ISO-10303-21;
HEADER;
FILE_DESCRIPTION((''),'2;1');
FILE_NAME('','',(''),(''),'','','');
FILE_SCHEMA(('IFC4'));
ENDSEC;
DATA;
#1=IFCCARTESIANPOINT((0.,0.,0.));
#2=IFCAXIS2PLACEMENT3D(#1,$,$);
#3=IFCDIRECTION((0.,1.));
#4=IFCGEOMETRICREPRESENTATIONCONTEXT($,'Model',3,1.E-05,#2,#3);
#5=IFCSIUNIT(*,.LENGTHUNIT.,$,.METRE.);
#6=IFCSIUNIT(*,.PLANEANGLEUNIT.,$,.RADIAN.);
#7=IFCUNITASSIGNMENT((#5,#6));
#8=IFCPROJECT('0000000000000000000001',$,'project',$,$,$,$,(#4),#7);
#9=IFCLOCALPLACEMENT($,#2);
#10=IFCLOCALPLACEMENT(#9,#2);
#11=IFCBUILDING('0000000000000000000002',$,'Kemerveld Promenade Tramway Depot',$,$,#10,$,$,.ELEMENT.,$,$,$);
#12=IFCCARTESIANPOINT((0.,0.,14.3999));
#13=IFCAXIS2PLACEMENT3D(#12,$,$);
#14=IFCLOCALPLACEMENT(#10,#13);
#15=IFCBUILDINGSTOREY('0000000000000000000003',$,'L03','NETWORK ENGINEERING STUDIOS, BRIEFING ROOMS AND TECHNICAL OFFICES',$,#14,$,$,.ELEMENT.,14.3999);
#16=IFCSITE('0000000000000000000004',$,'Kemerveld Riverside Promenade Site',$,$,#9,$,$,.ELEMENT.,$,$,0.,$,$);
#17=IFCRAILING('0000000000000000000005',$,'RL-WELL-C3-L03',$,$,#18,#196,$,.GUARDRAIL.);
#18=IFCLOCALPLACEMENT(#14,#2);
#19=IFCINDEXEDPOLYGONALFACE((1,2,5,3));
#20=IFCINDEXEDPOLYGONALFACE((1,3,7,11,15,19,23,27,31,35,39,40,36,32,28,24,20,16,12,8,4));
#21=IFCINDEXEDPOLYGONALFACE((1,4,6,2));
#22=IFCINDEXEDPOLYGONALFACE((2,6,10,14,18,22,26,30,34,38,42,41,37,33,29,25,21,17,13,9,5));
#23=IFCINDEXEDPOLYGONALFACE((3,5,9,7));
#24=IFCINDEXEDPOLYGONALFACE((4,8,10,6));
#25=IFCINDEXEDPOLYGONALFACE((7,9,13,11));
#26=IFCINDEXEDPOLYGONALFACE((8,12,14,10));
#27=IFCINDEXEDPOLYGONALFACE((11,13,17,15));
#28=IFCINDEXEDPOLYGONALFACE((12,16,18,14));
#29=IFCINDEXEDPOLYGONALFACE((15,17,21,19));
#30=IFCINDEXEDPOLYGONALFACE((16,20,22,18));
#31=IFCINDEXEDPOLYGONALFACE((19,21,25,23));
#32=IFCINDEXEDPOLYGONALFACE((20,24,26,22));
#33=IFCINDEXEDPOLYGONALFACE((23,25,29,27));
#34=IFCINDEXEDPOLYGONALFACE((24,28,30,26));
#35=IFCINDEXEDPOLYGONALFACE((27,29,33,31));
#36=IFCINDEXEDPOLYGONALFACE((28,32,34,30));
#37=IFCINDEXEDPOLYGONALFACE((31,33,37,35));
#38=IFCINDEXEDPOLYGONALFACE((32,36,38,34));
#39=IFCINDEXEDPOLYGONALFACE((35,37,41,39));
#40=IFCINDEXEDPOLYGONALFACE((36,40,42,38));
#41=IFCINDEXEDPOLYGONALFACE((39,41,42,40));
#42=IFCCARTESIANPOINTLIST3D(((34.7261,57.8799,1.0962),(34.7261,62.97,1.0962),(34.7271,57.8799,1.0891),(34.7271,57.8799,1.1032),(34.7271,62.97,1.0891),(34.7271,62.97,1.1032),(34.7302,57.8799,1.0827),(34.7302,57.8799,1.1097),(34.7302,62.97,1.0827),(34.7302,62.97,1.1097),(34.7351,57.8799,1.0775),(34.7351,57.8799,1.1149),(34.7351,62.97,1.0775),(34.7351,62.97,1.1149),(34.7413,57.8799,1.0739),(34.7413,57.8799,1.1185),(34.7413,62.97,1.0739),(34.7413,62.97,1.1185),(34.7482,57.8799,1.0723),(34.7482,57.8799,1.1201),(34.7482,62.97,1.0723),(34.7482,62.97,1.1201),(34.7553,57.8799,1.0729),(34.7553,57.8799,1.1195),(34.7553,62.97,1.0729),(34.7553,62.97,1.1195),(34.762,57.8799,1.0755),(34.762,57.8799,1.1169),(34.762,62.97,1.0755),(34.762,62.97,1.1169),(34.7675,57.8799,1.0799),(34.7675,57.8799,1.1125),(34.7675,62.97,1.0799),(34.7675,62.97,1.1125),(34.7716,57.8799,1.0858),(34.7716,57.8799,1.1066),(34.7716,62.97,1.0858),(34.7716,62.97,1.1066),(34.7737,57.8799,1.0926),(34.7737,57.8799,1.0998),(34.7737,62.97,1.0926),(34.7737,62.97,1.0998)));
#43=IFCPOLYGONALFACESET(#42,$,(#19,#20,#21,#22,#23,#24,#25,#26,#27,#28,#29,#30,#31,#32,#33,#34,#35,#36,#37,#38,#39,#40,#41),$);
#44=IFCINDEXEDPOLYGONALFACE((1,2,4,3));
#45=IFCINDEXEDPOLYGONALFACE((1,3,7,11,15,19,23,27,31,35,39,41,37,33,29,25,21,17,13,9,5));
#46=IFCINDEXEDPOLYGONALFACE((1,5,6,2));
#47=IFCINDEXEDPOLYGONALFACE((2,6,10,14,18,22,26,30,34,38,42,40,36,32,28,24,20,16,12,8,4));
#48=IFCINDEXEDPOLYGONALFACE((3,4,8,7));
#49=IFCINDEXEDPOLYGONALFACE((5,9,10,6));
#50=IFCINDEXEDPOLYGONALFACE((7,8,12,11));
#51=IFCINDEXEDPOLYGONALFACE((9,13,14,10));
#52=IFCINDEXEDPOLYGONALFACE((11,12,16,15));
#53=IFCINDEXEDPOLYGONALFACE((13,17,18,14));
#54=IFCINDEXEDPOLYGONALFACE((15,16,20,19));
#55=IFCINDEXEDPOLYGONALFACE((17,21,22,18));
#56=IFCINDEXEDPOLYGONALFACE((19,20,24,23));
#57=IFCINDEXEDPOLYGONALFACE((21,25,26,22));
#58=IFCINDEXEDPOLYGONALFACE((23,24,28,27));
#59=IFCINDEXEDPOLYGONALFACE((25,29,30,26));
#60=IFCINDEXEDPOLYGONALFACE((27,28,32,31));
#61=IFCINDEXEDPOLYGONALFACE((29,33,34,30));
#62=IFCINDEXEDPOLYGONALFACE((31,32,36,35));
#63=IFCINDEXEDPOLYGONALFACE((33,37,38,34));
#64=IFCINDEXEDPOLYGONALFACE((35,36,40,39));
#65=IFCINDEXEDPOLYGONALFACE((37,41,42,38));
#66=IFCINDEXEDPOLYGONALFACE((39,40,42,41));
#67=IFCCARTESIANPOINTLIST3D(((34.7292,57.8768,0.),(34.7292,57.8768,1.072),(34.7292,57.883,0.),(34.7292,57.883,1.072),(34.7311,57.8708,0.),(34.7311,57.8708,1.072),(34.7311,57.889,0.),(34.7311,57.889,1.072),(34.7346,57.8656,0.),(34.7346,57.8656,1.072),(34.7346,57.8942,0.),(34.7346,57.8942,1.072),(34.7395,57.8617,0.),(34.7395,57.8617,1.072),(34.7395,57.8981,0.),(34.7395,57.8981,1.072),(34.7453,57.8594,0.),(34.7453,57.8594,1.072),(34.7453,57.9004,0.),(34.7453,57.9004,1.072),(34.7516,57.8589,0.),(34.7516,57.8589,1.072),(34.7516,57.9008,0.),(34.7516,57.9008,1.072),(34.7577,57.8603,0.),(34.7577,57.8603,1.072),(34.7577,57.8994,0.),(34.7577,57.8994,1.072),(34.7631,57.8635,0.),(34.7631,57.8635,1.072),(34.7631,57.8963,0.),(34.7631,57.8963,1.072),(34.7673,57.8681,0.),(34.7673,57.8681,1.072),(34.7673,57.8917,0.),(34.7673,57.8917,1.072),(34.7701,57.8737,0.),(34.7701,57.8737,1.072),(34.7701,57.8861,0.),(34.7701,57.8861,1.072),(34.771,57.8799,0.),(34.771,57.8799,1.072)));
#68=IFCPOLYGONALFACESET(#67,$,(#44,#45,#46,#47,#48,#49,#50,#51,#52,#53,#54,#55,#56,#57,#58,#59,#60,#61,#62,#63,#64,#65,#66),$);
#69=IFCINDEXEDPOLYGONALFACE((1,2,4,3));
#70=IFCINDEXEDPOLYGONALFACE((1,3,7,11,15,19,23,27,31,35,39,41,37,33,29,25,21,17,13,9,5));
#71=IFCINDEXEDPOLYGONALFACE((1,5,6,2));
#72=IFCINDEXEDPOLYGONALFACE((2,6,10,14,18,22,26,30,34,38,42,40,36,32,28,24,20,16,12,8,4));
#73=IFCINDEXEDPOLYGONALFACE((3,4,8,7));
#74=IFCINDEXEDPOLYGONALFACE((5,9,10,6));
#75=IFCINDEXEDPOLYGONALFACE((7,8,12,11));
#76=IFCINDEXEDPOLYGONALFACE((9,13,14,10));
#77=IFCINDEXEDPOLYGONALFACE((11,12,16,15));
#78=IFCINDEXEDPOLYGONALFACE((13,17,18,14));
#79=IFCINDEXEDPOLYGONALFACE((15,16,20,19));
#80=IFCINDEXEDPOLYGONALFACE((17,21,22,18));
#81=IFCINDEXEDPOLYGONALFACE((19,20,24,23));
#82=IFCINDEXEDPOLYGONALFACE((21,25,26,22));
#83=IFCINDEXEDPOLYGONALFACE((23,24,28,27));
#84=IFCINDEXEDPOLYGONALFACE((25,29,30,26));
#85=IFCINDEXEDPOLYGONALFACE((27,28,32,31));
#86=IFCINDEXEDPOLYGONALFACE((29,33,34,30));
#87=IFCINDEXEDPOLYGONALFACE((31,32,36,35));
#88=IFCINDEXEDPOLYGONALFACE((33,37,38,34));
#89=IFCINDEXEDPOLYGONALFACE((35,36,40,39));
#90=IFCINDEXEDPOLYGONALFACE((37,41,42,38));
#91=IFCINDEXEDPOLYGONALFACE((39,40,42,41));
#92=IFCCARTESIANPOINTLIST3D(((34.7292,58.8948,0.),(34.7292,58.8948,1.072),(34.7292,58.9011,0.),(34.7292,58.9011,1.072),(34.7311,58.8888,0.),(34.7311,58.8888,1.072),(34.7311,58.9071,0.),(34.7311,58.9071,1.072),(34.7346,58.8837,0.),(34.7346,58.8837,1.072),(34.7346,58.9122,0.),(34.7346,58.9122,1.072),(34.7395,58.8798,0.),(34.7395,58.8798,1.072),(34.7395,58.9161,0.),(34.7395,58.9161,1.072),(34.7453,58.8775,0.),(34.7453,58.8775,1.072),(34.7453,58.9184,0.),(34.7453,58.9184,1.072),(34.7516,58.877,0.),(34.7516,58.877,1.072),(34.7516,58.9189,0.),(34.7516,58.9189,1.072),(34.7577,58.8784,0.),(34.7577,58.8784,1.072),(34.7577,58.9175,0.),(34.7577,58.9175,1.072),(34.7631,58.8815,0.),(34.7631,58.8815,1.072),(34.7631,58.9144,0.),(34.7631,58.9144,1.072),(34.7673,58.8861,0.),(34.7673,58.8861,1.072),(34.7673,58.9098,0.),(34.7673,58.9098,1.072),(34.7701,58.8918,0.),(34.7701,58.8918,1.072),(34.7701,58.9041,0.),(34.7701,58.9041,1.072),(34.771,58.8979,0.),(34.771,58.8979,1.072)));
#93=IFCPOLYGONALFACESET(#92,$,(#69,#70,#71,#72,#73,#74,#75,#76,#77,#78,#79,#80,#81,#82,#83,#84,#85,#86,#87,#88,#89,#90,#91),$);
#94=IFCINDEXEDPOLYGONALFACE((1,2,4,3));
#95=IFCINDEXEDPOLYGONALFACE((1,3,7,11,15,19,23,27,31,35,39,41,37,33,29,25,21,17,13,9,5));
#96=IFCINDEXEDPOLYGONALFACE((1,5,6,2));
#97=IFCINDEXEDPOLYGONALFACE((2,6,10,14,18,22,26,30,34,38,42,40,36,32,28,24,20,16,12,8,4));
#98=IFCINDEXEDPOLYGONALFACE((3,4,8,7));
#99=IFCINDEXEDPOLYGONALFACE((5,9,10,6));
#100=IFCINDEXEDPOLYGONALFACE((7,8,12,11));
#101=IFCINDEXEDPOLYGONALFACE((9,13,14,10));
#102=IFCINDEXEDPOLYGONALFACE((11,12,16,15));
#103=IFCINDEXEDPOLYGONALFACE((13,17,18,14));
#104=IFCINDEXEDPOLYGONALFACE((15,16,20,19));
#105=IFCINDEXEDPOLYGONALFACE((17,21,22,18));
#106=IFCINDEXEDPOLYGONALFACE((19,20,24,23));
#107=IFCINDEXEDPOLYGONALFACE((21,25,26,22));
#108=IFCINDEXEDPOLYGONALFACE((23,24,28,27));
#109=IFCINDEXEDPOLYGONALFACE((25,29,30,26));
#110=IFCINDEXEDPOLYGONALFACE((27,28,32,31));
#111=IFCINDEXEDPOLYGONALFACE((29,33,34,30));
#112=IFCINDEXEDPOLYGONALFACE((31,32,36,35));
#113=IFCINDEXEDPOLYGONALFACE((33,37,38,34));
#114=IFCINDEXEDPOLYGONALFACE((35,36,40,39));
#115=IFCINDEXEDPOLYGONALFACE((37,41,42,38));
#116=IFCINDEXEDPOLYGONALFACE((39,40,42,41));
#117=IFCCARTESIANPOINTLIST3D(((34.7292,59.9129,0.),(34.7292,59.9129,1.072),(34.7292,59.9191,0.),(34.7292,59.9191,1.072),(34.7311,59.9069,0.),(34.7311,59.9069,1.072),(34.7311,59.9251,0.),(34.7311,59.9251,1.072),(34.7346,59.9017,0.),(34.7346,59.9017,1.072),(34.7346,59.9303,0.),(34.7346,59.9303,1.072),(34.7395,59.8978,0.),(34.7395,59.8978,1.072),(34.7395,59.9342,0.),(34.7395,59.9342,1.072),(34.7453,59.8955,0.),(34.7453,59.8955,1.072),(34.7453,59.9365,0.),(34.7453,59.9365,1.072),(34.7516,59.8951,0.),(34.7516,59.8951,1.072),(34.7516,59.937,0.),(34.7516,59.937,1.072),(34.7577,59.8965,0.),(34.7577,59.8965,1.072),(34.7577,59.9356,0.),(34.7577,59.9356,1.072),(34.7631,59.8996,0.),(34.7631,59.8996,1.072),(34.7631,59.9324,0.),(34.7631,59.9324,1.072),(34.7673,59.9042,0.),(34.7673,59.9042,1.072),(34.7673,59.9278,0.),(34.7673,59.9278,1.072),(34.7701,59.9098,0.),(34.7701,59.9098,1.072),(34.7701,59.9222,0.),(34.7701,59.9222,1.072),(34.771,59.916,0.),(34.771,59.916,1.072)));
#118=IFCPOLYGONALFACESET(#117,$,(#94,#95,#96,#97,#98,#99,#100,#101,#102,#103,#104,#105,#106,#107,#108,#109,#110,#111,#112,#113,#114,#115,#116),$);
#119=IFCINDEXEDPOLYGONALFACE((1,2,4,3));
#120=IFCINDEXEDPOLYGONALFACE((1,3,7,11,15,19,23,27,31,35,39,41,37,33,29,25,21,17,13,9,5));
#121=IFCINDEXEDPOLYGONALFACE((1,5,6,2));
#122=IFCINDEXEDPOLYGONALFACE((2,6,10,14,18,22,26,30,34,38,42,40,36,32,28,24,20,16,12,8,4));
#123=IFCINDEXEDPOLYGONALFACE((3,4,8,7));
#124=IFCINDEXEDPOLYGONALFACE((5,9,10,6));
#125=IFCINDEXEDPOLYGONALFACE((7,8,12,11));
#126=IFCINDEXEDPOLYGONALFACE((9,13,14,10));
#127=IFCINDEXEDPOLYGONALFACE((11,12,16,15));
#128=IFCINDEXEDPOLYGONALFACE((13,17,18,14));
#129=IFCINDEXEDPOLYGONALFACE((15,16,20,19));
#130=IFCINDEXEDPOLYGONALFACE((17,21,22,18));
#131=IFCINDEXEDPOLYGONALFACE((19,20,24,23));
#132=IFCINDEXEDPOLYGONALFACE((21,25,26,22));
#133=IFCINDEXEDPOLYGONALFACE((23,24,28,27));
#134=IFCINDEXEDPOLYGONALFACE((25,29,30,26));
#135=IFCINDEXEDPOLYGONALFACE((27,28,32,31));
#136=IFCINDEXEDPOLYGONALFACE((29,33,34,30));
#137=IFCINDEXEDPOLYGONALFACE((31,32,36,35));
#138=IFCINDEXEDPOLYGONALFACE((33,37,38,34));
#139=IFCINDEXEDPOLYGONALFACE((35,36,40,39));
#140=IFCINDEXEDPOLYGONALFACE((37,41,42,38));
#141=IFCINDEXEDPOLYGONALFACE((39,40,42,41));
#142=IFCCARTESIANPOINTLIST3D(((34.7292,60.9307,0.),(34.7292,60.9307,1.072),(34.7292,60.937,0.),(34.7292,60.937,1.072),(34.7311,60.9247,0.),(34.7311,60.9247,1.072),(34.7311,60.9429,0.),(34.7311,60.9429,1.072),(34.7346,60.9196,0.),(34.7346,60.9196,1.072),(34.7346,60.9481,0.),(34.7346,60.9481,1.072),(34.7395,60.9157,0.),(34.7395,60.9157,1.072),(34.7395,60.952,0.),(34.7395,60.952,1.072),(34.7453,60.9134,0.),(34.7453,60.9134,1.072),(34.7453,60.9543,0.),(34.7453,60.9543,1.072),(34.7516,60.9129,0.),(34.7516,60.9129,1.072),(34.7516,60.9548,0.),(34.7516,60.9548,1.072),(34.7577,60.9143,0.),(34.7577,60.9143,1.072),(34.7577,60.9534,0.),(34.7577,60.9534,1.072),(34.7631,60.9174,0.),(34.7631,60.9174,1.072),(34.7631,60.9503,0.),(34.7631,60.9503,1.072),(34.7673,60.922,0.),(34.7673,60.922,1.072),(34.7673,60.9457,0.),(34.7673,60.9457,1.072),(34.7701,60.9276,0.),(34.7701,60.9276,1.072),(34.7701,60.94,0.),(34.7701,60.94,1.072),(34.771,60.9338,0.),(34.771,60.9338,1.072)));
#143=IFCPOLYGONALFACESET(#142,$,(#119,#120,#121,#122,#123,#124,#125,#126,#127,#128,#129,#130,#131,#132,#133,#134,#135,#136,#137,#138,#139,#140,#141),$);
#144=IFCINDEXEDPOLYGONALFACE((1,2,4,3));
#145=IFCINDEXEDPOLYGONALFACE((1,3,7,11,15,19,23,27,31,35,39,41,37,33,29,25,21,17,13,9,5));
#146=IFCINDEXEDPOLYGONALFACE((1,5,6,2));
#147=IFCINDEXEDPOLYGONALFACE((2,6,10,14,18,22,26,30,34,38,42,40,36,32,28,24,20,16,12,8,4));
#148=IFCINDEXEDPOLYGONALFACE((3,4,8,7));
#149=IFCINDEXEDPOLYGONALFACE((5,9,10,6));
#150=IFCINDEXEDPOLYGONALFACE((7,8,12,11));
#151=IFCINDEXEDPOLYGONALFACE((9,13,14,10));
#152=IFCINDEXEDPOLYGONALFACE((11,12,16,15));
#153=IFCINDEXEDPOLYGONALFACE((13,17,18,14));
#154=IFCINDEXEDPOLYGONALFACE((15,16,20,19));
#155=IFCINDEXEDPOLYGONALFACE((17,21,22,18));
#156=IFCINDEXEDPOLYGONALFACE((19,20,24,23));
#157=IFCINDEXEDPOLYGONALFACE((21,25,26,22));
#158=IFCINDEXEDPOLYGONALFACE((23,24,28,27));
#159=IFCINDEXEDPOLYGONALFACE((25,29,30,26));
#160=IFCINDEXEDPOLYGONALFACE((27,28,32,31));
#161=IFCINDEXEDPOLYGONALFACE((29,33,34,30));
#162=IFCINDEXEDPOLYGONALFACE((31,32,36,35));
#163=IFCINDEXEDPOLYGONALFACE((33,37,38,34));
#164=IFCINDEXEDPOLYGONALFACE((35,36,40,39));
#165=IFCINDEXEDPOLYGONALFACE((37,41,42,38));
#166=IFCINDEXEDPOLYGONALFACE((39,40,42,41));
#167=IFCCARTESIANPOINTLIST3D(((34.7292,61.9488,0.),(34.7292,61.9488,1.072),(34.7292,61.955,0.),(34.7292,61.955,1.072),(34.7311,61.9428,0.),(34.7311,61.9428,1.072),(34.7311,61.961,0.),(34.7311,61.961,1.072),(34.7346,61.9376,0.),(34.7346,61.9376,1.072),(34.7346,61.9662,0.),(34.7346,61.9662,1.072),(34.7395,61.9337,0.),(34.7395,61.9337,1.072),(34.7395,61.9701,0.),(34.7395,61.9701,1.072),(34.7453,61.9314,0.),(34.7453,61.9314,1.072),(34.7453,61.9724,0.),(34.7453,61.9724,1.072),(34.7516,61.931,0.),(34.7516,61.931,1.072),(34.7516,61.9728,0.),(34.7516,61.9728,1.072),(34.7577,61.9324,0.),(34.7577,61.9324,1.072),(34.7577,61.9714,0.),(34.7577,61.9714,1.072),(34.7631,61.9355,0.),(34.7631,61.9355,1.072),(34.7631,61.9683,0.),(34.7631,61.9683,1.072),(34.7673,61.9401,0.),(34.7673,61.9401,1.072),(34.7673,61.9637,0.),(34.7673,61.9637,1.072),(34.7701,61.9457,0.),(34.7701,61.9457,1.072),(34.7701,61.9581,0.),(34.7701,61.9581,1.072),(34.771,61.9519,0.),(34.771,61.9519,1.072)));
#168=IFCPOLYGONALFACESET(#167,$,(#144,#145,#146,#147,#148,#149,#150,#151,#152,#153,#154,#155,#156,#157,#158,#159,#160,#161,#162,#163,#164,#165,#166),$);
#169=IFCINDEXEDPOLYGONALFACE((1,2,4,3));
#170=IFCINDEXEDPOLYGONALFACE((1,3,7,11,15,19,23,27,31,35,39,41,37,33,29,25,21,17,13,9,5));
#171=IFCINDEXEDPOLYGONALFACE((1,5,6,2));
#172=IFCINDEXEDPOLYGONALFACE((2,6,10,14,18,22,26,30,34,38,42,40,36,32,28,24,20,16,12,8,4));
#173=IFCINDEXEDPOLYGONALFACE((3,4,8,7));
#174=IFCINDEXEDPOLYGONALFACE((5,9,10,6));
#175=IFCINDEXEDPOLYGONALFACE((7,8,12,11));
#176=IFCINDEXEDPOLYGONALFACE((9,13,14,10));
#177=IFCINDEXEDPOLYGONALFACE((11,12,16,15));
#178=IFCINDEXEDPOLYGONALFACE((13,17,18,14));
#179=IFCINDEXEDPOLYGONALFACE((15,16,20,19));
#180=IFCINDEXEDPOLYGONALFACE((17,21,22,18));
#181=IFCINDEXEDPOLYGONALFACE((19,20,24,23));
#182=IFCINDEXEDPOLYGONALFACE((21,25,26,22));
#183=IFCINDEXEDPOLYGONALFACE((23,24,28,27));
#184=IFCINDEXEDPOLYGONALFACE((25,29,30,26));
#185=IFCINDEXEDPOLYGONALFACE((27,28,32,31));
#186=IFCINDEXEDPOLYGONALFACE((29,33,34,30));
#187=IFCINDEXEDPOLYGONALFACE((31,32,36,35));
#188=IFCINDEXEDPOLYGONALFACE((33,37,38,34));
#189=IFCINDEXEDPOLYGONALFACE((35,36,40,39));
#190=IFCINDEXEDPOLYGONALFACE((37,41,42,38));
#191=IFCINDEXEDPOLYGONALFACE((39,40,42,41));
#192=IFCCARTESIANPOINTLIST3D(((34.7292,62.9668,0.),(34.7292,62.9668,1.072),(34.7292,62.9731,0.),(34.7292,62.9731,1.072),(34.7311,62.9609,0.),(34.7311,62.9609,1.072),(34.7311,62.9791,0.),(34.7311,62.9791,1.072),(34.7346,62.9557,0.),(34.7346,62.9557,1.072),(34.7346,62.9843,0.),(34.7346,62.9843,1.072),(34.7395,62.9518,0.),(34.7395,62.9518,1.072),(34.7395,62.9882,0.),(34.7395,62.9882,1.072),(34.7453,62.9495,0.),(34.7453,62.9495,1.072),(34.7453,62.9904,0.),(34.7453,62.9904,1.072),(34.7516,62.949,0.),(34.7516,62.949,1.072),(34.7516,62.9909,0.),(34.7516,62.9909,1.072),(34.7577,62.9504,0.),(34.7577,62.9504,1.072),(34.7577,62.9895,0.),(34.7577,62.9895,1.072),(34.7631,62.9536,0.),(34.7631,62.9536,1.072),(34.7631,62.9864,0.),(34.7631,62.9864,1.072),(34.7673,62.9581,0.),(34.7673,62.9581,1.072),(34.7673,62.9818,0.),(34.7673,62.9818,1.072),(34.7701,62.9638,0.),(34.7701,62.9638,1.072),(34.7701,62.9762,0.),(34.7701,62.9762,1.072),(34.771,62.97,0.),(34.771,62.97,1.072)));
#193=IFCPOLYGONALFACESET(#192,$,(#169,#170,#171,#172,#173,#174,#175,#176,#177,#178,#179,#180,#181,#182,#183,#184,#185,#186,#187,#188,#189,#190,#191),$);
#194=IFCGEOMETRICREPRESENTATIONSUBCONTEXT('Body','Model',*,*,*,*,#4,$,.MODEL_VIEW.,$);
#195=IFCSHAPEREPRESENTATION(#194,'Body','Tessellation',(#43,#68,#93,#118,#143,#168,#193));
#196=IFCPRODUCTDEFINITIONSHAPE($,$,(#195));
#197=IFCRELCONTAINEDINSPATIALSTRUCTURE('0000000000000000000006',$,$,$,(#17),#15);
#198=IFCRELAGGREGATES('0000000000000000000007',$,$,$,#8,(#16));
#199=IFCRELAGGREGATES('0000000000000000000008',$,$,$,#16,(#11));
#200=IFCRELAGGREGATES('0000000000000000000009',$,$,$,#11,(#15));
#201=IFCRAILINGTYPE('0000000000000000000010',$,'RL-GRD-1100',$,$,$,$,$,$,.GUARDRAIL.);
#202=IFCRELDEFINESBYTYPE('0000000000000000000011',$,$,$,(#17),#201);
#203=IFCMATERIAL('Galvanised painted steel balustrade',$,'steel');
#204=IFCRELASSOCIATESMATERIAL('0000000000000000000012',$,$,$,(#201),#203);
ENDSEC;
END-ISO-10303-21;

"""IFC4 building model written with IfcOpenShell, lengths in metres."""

from ifc_helpers import new_model, si_unit, direction, frame, origin, origin_2d, place, context, subcontext, project, spatial, circle, extrude, material, type_object, element, save


model = new_model("IFC4")

# Units and contexts
model_context = context("Model", 3, precision=1e-05, world=origin(), true_north=direction((0.0, 1.0)))
body_context = subcontext(model_context, "Body", "Model", "MODEL_VIEW")
ifc_project = project(units=[si_unit("LENGTHUNIT", "METRE"), si_unit("PLANEANGLEUNIT", "RADIAN")], contexts=[model_context])

# Site, building, storey
site_placement = place(None, origin())
site = spatial("IfcSite", under=ifc_project, at=site_placement, Name="Kemerveld Riverside Promenade Site", CompositionType="ELEMENT", RefElevation=0.0)
building_placement = place(site_placement, origin())
building = spatial("IfcBuilding", under=site, at=building_placement, Name="Kemerveld Promenade Tramway Depot", CompositionType="ELEMENT")
storey_placement = place(building_placement, frame((0.0, 0.0, 14.3999)))
storey = spatial("IfcBuildingStorey", under=building, at=storey_placement, Name="L03", Description="NETWORK ENGINEERING STUDIOS, BRIEFING ROOMS AND TECHNICAL OFFICES", CompositionType="ELEMENT", Elevation=14.3999)

# Railing
ifc_material_1 = material(Name="Galvanised painted steel balustrade", Category="steel")
railing_type = type_object("IfcRailingType", Name="RL-GRD-1100", PredefinedType="GUARDRAIL", material=ifc_material_1)
railing_placement = place(storey_placement, frame((34.75, 57.8799, 0.0)))
element("IfcRailing", 1, at=railing_placement, inside=storey, type_object=railing_type, Name="RL-WELL-C3-L03", PredefinedType="GUARDRAIL", context=body_context, shape_type="SweptSolid", body=[
    extrude(circle(Radius=0.0239, at=origin_2d()), frame((0.0, 0.0, 1.0962), z_axis=(0.0, 1.0, 0.0), x_axis=(-1.0, 0.0, 0.0)), (0.0, 0.0, 1.0), 5.0901),
    extrude(circle(Radius=0.021, at=origin_2d()), origin(), (0.0, 0.0, 1.0), 1.072),
    extrude(circle(Radius=0.021, at=origin_2d()), frame((0.0, 1.0181, 0.0)), (0.0, 0.0, 1.0), 1.072),
    extrude(circle(Radius=0.021, at=origin_2d()), frame((0.0, 2.0361, 0.0)), (0.0, 0.0, 1.0), 1.072),
    extrude(circle(Radius=0.021, at=origin_2d()), frame((0.0, 3.054, 0.0)), (0.0, 0.0, 1.0), 1.072),
    extrude(circle(Radius=0.021, at=origin_2d()), frame((0.0, 4.072, 0.0)), (0.0, 0.0, 1.0), 1.072),
    extrude(circle(Radius=0.021, at=origin_2d()), frame((0.0, 5.0901, 0.0)), (0.0, 0.0, 1.0), 1.072),
])

save(model, "model.ifc")
